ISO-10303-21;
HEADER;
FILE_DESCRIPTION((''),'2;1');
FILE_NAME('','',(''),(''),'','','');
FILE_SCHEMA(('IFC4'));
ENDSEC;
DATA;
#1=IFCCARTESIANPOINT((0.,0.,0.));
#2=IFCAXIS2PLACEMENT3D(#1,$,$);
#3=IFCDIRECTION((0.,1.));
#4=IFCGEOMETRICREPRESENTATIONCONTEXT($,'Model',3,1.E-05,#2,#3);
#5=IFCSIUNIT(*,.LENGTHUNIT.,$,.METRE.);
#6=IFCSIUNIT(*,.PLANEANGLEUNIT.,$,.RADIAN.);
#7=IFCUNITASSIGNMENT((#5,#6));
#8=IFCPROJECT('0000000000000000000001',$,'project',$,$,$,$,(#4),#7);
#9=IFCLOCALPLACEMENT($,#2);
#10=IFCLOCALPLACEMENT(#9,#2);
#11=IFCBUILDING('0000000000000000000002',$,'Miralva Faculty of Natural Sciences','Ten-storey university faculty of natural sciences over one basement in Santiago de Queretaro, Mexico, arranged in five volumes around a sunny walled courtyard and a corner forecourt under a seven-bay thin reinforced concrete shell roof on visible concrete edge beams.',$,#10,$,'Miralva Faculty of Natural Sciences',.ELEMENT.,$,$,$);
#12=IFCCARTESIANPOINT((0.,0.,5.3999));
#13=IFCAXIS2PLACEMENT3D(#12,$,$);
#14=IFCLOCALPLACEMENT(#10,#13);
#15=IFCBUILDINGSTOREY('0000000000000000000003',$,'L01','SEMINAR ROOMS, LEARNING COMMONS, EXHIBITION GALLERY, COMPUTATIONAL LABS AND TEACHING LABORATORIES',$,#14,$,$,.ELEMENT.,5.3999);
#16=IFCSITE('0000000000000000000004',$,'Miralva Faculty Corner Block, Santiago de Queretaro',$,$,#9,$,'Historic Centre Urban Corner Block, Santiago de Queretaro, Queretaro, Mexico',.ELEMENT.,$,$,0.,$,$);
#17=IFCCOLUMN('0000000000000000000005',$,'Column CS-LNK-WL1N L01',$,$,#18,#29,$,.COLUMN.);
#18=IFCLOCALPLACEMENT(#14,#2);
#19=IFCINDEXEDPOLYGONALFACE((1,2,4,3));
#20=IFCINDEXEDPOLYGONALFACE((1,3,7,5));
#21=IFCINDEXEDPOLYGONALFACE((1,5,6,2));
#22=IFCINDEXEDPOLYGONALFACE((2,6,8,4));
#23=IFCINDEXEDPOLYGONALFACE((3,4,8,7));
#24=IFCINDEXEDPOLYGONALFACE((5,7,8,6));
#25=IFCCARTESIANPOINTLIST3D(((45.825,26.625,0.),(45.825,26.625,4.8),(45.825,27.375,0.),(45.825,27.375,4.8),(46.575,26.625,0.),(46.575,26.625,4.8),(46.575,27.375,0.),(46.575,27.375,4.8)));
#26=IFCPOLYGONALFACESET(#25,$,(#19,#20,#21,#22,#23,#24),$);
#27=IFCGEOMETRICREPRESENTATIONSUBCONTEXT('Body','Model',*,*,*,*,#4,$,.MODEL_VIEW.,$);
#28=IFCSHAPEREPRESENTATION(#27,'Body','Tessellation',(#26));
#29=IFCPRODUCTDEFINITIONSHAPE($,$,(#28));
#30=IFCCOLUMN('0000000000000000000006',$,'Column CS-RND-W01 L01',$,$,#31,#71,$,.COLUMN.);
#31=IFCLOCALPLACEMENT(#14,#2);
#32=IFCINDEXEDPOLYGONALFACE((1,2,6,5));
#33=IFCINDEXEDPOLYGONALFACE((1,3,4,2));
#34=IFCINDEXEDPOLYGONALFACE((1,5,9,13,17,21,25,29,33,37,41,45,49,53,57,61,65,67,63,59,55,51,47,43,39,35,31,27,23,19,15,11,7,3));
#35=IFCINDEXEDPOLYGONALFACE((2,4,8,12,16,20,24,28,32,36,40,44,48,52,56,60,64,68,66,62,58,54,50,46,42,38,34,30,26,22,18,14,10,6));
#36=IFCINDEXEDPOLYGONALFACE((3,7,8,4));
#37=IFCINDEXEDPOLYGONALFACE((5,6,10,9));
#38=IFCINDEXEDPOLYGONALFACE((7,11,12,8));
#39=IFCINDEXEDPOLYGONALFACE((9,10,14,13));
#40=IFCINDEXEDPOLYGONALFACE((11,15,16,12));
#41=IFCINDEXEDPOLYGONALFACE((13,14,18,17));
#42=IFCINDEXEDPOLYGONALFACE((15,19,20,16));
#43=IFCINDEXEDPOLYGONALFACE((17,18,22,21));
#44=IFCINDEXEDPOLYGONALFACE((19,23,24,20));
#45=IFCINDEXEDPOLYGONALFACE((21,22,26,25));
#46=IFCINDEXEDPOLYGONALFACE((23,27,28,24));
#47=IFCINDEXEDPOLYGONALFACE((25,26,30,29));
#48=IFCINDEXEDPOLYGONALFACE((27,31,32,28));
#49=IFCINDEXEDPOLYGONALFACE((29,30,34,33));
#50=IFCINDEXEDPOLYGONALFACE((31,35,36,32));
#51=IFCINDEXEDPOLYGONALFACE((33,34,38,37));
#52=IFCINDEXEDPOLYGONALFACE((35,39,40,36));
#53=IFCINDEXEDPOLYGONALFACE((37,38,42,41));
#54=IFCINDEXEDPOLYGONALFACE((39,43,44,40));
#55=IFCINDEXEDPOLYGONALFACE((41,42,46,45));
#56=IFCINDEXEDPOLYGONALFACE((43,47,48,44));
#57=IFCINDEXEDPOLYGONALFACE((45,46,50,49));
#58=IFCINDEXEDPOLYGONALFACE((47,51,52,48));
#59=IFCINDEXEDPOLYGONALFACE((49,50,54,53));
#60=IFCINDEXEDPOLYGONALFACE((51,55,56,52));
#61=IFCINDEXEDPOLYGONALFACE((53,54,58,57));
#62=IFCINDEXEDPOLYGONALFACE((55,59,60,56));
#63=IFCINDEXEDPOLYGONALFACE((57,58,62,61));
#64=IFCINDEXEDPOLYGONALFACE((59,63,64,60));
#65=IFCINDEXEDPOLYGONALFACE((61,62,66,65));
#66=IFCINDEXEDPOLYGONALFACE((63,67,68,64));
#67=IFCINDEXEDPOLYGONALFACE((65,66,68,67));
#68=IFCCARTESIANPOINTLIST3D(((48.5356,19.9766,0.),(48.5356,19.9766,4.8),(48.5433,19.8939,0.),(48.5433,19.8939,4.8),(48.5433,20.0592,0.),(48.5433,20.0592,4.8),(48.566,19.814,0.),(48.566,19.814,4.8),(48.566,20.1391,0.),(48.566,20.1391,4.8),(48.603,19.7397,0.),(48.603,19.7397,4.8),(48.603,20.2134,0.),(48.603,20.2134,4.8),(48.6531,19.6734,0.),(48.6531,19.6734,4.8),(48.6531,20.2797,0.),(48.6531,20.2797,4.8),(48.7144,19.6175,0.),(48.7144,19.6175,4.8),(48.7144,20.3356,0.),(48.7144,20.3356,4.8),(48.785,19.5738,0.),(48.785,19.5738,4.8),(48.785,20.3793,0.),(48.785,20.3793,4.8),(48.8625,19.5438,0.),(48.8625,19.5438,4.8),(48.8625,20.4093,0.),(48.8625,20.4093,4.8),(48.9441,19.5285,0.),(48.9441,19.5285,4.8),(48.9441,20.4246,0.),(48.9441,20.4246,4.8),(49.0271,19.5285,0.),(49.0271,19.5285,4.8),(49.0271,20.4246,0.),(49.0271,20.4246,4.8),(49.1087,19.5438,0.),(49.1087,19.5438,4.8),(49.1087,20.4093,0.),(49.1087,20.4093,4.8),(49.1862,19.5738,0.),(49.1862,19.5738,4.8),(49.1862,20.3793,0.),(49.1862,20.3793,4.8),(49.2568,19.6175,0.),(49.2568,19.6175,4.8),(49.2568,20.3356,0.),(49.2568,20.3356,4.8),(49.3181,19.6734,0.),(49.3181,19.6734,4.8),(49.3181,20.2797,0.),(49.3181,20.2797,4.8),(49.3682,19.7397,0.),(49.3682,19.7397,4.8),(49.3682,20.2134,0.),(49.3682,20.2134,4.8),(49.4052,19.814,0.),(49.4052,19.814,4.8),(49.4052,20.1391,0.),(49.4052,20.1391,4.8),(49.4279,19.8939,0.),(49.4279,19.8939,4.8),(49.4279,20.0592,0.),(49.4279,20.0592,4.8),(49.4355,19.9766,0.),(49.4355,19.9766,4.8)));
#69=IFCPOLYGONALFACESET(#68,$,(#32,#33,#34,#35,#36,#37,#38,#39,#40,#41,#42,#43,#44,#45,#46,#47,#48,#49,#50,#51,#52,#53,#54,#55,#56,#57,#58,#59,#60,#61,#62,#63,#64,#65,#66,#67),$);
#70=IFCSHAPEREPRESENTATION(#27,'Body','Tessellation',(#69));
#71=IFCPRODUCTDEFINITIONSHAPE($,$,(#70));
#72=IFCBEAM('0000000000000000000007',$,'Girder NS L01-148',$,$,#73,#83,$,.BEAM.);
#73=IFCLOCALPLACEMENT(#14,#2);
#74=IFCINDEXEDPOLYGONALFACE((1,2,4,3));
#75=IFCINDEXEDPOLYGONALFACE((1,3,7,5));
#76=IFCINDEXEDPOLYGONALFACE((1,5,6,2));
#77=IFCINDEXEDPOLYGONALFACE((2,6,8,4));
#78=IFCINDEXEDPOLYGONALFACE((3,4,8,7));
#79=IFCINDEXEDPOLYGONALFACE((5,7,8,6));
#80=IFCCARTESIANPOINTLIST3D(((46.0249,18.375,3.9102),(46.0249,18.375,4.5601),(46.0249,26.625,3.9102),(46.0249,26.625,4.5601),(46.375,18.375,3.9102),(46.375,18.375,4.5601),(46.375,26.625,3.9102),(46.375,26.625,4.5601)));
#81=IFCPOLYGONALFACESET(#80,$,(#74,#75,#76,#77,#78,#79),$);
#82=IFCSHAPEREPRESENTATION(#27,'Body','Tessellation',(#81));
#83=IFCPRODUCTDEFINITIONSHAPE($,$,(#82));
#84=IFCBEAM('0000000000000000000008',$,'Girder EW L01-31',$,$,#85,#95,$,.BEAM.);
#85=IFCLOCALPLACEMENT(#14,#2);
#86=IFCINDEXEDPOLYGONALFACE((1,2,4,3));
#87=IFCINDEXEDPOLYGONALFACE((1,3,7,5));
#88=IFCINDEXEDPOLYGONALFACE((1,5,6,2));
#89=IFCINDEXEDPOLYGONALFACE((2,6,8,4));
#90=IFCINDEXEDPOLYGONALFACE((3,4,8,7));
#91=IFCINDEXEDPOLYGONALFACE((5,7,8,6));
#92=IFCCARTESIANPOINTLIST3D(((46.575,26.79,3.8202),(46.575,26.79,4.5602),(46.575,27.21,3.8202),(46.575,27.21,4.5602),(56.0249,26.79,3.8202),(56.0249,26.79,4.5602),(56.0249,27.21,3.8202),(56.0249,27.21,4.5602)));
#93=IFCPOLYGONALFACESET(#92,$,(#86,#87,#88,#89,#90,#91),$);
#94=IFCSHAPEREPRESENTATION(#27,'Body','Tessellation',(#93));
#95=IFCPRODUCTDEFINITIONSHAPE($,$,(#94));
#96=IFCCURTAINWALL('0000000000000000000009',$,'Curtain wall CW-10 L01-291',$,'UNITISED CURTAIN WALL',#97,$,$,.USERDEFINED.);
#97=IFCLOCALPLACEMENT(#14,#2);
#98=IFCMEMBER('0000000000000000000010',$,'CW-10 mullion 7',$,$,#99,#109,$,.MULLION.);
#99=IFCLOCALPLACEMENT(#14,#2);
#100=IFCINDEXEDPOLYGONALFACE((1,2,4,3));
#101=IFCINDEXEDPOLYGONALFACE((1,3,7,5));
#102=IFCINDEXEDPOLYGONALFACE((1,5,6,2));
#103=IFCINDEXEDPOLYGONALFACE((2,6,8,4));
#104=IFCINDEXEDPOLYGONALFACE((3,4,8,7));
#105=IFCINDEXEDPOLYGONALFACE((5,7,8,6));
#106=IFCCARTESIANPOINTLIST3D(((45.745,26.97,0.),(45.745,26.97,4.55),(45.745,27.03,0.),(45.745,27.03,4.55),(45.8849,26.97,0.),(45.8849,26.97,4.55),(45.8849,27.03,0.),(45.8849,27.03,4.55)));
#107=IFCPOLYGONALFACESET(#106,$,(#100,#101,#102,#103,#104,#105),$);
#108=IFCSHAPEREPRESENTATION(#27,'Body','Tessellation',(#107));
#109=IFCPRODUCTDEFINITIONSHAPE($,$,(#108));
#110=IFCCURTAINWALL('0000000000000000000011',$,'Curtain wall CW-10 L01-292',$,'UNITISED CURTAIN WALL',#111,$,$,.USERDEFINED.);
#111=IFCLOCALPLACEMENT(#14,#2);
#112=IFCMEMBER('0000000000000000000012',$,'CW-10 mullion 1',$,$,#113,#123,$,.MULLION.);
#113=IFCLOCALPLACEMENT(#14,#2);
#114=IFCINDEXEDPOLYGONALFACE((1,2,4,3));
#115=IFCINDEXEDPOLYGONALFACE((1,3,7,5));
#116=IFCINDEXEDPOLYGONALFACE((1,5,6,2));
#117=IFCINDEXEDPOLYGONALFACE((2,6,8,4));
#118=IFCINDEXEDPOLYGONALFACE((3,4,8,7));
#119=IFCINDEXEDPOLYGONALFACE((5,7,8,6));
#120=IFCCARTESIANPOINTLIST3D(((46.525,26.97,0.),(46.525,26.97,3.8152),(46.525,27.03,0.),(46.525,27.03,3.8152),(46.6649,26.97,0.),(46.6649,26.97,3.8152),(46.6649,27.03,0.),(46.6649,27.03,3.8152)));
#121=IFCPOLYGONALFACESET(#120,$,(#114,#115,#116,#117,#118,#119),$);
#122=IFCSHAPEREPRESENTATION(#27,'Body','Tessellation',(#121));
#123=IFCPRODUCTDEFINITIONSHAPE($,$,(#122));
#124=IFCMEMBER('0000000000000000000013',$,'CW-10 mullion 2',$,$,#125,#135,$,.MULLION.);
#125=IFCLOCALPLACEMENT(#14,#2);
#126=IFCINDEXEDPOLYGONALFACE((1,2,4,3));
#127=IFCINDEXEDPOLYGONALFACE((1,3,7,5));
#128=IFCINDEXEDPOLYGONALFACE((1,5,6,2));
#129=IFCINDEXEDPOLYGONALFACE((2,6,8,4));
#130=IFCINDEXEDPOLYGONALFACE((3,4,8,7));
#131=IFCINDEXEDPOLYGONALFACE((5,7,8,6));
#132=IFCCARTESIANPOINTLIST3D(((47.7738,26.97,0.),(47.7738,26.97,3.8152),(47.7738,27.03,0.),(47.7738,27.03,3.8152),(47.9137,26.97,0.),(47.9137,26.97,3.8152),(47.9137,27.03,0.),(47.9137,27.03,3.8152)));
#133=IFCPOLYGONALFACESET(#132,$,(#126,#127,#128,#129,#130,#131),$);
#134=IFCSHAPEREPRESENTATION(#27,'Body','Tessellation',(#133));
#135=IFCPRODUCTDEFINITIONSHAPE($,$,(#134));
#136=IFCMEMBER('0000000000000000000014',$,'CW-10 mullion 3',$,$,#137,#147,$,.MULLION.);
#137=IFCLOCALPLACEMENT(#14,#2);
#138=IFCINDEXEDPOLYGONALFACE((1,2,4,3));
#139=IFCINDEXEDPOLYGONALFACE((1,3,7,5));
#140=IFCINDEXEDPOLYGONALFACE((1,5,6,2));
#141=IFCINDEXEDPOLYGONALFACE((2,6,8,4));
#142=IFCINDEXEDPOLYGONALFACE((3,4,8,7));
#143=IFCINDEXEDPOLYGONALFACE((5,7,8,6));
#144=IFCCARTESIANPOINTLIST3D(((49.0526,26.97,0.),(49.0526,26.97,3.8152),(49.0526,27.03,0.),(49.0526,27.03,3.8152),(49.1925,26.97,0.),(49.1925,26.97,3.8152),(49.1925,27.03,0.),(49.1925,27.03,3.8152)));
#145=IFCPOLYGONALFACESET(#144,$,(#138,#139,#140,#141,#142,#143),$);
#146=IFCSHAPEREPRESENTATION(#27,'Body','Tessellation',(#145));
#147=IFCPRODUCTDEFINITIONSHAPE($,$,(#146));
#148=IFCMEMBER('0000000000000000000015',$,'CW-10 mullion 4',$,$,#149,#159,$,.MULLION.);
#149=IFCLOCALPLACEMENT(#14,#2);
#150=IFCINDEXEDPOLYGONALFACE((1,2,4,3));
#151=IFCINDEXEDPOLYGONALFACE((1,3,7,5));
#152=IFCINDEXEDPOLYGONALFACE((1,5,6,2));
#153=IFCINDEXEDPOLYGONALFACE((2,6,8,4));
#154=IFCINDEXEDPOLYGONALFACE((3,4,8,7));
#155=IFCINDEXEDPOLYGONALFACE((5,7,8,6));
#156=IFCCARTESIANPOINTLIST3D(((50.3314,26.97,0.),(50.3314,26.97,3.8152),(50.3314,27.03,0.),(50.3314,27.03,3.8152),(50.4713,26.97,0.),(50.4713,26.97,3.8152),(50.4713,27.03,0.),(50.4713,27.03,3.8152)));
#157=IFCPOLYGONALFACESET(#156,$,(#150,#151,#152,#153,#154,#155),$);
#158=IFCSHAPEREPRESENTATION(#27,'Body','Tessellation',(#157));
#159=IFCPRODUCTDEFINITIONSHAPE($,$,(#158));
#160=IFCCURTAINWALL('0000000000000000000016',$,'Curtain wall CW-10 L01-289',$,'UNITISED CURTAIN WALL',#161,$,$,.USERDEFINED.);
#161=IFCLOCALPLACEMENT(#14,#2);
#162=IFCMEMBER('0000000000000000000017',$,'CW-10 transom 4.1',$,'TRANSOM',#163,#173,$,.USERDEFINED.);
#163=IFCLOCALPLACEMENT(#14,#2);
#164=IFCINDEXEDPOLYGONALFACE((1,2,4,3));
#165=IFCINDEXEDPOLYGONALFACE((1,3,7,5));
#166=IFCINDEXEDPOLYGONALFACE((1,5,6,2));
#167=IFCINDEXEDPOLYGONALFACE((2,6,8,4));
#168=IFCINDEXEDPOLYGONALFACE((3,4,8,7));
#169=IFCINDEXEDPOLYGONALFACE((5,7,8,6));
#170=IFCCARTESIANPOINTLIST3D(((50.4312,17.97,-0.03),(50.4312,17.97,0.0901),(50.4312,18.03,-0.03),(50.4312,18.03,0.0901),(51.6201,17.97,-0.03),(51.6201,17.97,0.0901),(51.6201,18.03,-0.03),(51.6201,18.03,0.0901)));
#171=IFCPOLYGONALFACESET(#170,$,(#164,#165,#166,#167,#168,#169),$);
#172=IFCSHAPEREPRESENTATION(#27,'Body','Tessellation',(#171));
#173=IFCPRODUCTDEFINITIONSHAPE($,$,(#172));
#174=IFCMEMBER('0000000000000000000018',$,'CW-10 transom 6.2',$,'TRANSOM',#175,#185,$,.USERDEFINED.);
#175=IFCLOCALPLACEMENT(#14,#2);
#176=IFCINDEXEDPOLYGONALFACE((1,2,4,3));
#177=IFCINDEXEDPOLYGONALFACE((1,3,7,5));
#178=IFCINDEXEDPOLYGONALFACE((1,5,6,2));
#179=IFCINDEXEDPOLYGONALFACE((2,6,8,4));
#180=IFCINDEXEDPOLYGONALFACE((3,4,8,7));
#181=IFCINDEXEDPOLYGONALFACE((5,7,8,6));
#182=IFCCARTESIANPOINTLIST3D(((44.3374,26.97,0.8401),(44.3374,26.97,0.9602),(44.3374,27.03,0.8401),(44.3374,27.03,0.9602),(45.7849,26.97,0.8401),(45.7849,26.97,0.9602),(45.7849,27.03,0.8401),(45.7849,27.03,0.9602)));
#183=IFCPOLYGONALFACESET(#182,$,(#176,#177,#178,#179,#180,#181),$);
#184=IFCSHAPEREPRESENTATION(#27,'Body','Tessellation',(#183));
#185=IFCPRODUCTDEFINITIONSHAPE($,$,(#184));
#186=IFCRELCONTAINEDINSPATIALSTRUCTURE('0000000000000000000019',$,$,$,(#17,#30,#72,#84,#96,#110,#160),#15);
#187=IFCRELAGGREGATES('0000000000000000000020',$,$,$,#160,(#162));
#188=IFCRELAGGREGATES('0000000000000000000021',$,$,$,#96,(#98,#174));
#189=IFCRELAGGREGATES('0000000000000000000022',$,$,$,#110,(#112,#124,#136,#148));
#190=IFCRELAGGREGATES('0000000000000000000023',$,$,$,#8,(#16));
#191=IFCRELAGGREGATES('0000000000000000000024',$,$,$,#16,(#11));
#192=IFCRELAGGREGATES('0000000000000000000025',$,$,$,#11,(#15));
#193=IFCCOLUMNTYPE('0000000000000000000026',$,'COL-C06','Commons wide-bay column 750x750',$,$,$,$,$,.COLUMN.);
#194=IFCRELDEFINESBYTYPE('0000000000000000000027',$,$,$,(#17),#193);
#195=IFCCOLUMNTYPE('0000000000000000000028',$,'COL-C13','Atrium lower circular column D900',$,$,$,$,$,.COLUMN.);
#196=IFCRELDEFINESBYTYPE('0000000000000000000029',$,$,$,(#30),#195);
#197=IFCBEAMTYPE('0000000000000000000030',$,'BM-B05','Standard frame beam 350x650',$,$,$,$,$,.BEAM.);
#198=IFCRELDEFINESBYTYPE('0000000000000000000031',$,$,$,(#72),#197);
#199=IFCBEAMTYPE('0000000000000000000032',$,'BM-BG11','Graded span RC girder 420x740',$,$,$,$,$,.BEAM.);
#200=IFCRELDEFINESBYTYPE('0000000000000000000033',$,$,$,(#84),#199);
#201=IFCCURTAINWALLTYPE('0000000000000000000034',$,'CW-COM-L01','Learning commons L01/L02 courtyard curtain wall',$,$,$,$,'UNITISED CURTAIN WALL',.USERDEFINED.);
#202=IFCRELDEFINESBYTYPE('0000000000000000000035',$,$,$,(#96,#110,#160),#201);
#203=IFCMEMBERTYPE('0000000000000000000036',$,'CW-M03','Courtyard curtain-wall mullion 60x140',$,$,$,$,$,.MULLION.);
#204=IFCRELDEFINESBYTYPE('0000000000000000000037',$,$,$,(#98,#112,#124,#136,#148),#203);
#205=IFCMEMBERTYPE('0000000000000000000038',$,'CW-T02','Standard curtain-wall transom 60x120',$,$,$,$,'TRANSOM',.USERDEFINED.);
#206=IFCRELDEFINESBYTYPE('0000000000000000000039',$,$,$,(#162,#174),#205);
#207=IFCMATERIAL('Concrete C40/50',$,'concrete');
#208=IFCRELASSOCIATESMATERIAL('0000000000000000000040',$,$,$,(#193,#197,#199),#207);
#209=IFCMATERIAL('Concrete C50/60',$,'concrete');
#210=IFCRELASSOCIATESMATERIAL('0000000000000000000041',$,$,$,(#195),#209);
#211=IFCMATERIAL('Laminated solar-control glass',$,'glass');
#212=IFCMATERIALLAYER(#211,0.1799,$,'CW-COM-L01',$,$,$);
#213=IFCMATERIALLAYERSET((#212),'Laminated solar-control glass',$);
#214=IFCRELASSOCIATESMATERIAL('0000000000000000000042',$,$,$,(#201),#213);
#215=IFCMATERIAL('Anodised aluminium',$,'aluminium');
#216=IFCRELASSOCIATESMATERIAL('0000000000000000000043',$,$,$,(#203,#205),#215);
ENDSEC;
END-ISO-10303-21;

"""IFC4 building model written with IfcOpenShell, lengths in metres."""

from ifc_helpers import new_model, si_unit, direction, frame, origin, origin_2d, place, context, subcontext, project, spatial, rectangle, circle, extrude, material, layer, layer_set, material_profile, profile_set, type_object, element, aggregate, save


model = new_model("IFC4")

# Units and contexts
model_context = context("Model", 3, precision=1e-05, world=origin(), true_north=direction((0.0, 1.0)))
body_context = subcontext(model_context, "Body", "Model", "MODEL_VIEW")
ifc_project = project(units=[si_unit("LENGTHUNIT", "METRE"), si_unit("PLANEANGLEUNIT", "RADIAN")], contexts=[model_context])

# Site, building, storey
site_placement = place(None, origin())
site = spatial("IfcSite", under=ifc_project, at=site_placement, Name="Miralva Faculty Corner Block, Santiago de Queretaro", LongName="Historic Centre Urban Corner Block, Santiago de Queretaro, Queretaro, Mexico", CompositionType="ELEMENT", RefElevation=0.0)
building_placement = place(site_placement, origin())
building = spatial("IfcBuilding", under=site, at=building_placement, Name="Miralva Faculty of Natural Sciences", Description="Ten-storey university faculty of natural sciences over one basement in Santiago de Queretaro, Mexico, arranged in five volumes around a sunny walled courtyard and a corner forecourt under a seven-bay thin reinforced concrete shell roof on visible concrete edge beams.", LongName="Miralva Faculty of Natural Sciences", CompositionType="ELEMENT")
storey_placement = place(building_placement, frame((0.0, 0.0, 5.3999)))
storey = spatial("IfcBuildingStorey", under=building, at=storey_placement, Name="L01", Description="SEMINAR ROOMS, LEARNING COMMONS, EXHIBITION GALLERY, COMPUTATIONAL LABS AND TEACHING LABORATORIES", CompositionType="ELEMENT", Elevation=5.3999)

# Columns
ifc_material_1 = material(Name="Concrete C40/50", Category="concrete")
ifc_material_profile_1 = material_profile(ifc_material_1, rectangle(XDim=0.75, YDim=0.75, at=origin_2d()), Name="RC 750x750")
ifc_profile_set_1 = profile_set([ifc_material_profile_1], Name="Concrete C40/50")
column_type_1 = type_object("IfcColumnType", Name="COL-C06", Description="Commons wide-bay column 750x750", PredefinedType="COLUMN", material=ifc_profile_set_1)
column_1_placement = place(storey_placement, frame((46.2, 27.0, 0.0), z_axis=(0.0, 0.0, 1.0), x_axis=(1.0, 0.0, 0.0)))
element("IfcColumn", 1, at=column_1_placement, inside=storey, type_object=column_type_1, Name="Column CS-LNK-WL1N L01", PredefinedType="COLUMN", context=body_context, shape_type="SweptSolid", body=[
    extrude(rectangle(XDim=0.75, YDim=0.75, at=origin_2d()), origin(), (0.0, 0.0, 1.0), 4.8),
])
ifc_material_2 = material(Name="Concrete C50/60", Category="concrete")
ifc_material_profile_2 = material_profile(ifc_material_2, circle(Radius=0.45, at=origin_2d()), Name="RC DIA 900")
ifc_profile_set_2 = profile_set([ifc_material_profile_2], Name="Concrete C50/60")
column_type_2 = type_object("IfcColumnType", Name="COL-C13", Description="Atrium lower circular column D900", PredefinedType="COLUMN", material=ifc_profile_set_2)
column_2_placement = place(storey_placement, frame((48.9856, 19.9766, 0.0), z_axis=(0.0, 0.0, 1.0), x_axis=(1.0, 0.0, 0.0)))
element("IfcColumn", 2, at=column_2_placement, inside=storey, type_object=column_type_2, Name="Column CS-RND-W01 L01", PredefinedType="COLUMN", context=body_context, shape_type="SweptSolid", body=[
    extrude(circle(Radius=0.45, at=origin_2d()), origin(), (0.0, 0.0, 1.0), 4.8),
])

# Beams
ifc_material_profile_3 = material_profile(ifc_material_1, rectangle(XDim=0.3501, YDim=0.6499, at=origin_2d()), Name="RC 350x650")
ifc_profile_set_3 = profile_set([ifc_material_profile_3], Name="Concrete C40/50")
beam_type_1 = type_object("IfcBeamType", Name="BM-B05", Description="Standard frame beam 350x650", PredefinedType="BEAM", material=ifc_profile_set_3)
beam_1_placement = place(storey_placement, frame((46.2, 18.375, 4.2351), z_axis=(0.0, 1.0, 0.0), x_axis=(-1.0, 0.0, 0.0)))
element("IfcBeam", 3, at=beam_1_placement, inside=storey, type_object=beam_type_1, Name="Girder NS L01-148", PredefinedType="BEAM", context=body_context, shape_type="SweptSolid", body=[
    extrude(rectangle(XDim=0.3501, YDim=0.6499, at=origin_2d()), origin(), (0.0, 0.0, 1.0), 8.25),
])
ifc_material_profile_4 = material_profile(ifc_material_1, rectangle(XDim=0.4199, YDim=0.74, at=origin_2d()), Name="RC 420x740")
ifc_profile_set_4 = profile_set([ifc_material_profile_4], Name="Concrete C40/50")
beam_type_2 = type_object("IfcBeamType", Name="BM-BG11", Description="Graded span RC girder 420x740", PredefinedType="BEAM", material=ifc_profile_set_4)
beam_2_placement = place(storey_placement, frame((46.575, 27.0, 4.1902), z_axis=(1.0, 0.0, 0.0), x_axis=(0.0, 1.0, 0.0)))
element("IfcBeam", 4, at=beam_2_placement, inside=storey, type_object=beam_type_2, Name="Girder EW L01-31", PredefinedType="BEAM", context=body_context, shape_type="SweptSolid", body=[
    extrude(rectangle(XDim=0.4199, YDim=0.74, at=origin_2d()), origin(), (0.0, 0.0, 1.0), 9.45),
])

# Curtain wall, member
ifc_material_3 = material(Name="Laminated solar-control glass", Category="glass")
ifc_layer_1 = layer(ifc_material_3, 0.1799, Name="CW-COM-L01")
ifc_layer_set_1 = layer_set([ifc_layer_1], Name="Laminated solar-control glass")
curtain_wall_type = type_object("IfcCurtainWallType", Name="CW-COM-L01", Description="Learning commons L01/L02 courtyard curtain wall", ElementType="UNITISED CURTAIN WALL", PredefinedType="USERDEFINED", material=ifc_layer_set_1)
curtain_wall_1_placement = place(storey_placement, origin())
curtain_wall_1 = element("IfcCurtainWall", 5, at=curtain_wall_1_placement, inside=storey, type_object=curtain_wall_type, Name="Curtain wall CW-10 L01-291", ObjectType="UNITISED CURTAIN WALL", PredefinedType="USERDEFINED")
ifc_material_4 = material(Name="Anodised aluminium", Category="aluminium")
ifc_material_profile_5 = material_profile(ifc_material_4, rectangle(XDim=0.0601, YDim=0.1399, at=origin_2d()), Name="MULLION 60x140")
ifc_profile_set_5 = profile_set([ifc_material_profile_5], Name="Anodised aluminium")
member_type_1 = type_object("IfcMemberType", Name="CW-M03", Description="Courtyard curtain-wall mullion 60x140", PredefinedType="MULLION", material=ifc_profile_set_5)
member_1_placement = place(storey_placement, frame((45.8149, 27.0, 0.0), z_axis=(0.0, 0.0, 1.0), x_axis=(0.0, 1.0, 0.0)))
member_1 = element("IfcMember", 6, at=member_1_placement, type_object=member_type_1, Name="CW-10 mullion 7", PredefinedType="MULLION", context=body_context, shape_type="SweptSolid", body=[
    extrude(rectangle(XDim=0.0601, YDim=0.1399, at=origin_2d()), origin(), (0.0, 0.0, 1.0), 4.55),
])

# Curtain wall, members
curtain_wall_2_placement = place(storey_placement, origin())
curtain_wall_2 = element("IfcCurtainWall", 7, at=curtain_wall_2_placement, inside=storey, type_object=curtain_wall_type, Name="Curtain wall CW-10 L01-292", ObjectType="UNITISED CURTAIN WALL", PredefinedType="USERDEFINED")
member_2_placement = place(storey_placement, frame((46.595, 27.0, 0.0), z_axis=(0.0, 0.0, 1.0), x_axis=(0.0, 1.0, 0.0)))
member_2 = element("IfcMember", 8, at=member_2_placement, type_object=member_type_1, Name="CW-10 mullion 1", PredefinedType="MULLION", context=body_context, shape_type="SweptSolid", body=[
    extrude(rectangle(XDim=0.0601, YDim=0.1399, at=origin_2d()), origin(), (0.0, 0.0, 1.0), 3.8152),
])
member_3_placement = place(storey_placement, frame((47.8438, 27.0, 0.0), z_axis=(0.0, 0.0, 1.0), x_axis=(0.0, 1.0, 0.0)))
member_3 = element("IfcMember", 9, at=member_3_placement, type_object=member_type_1, Name="CW-10 mullion 2", PredefinedType="MULLION", context=body_context, shape_type="SweptSolid", body=[
    extrude(rectangle(XDim=0.0601, YDim=0.1399, at=origin_2d()), origin(), (0.0, 0.0, 1.0), 3.8152),
])
member_4_placement = place(storey_placement, frame((49.1226, 27.0, 0.0), z_axis=(0.0, 0.0, 1.0), x_axis=(0.0, 1.0, 0.0)))
member_4 = element("IfcMember", 10, at=member_4_placement, type_object=member_type_1, Name="CW-10 mullion 3", PredefinedType="MULLION", context=body_context, shape_type="SweptSolid", body=[
    extrude(rectangle(XDim=0.0601, YDim=0.1399, at=origin_2d()), origin(), (0.0, 0.0, 1.0), 3.8152),
])
member_5_placement = place(storey_placement, frame((50.4014, 27.0, 0.0), z_axis=(0.0, 0.0, 1.0), x_axis=(0.0, 1.0, 0.0)))
member_5 = element("IfcMember", 11, at=member_5_placement, type_object=member_type_1, Name="CW-10 mullion 4", PredefinedType="MULLION", context=body_context, shape_type="SweptSolid", body=[
    extrude(rectangle(XDim=0.0601, YDim=0.1399, at=origin_2d()), origin(), (0.0, 0.0, 1.0), 3.8152),
])

# Curtain wall, member
curtain_wall_3_placement = place(storey_placement, origin())
curtain_wall_3 = element("IfcCurtainWall", 12, at=curtain_wall_3_placement, inside=storey, type_object=curtain_wall_type, Name="Curtain wall CW-10 L01-289", ObjectType="UNITISED CURTAIN WALL", PredefinedType="USERDEFINED")
ifc_material_profile_6 = material_profile(ifc_material_4, rectangle(XDim=0.0601, YDim=0.1201, at=origin_2d()), Name="TRANSOM 60x120")
ifc_profile_set_6 = profile_set([ifc_material_profile_6], Name="Anodised aluminium")
member_type_2 = type_object("IfcMemberType", Name="CW-T02", Description="Standard curtain-wall transom 60x120", ElementType="TRANSOM", PredefinedType="USERDEFINED", material=ifc_profile_set_6)
member_6_placement = place(storey_placement, frame((50.4312, 18.0, 0.03), z_axis=(1.0, 0.0, 0.0), x_axis=(0.0, 1.0, 0.0)))
member_6 = element("IfcMember", 13, at=member_6_placement, type_object=member_type_2, Name="CW-10 transom 4.1", ObjectType="TRANSOM", PredefinedType="USERDEFINED", context=body_context, shape_type="SweptSolid", body=[
    extrude(rectangle(XDim=0.0601, YDim=0.1201, at=origin_2d()), origin(), (0.0, 0.0, 1.0), 1.189),
])
aggregate(curtain_wall_3, [member_6])

# Member
member_7_placement = place(storey_placement, frame((44.3374, 27.0, 0.9001), z_axis=(1.0, 0.0, 0.0), x_axis=(0.0, 1.0, 0.0)))
member_7 = element("IfcMember", 14, at=member_7_placement, type_object=member_type_2, Name="CW-10 transom 6.2", ObjectType="TRANSOM", PredefinedType="USERDEFINED", context=body_context, shape_type="SweptSolid", body=[
    extrude(rectangle(XDim=0.0601, YDim=0.1201, at=origin_2d()), origin(), (0.0, 0.0, 1.0), 1.4475),
])

aggregate(curtain_wall_1, [member_1, member_7])
aggregate(curtain_wall_2, [member_2, member_3, member_4, member_5])

save(model, "model.ifc")
